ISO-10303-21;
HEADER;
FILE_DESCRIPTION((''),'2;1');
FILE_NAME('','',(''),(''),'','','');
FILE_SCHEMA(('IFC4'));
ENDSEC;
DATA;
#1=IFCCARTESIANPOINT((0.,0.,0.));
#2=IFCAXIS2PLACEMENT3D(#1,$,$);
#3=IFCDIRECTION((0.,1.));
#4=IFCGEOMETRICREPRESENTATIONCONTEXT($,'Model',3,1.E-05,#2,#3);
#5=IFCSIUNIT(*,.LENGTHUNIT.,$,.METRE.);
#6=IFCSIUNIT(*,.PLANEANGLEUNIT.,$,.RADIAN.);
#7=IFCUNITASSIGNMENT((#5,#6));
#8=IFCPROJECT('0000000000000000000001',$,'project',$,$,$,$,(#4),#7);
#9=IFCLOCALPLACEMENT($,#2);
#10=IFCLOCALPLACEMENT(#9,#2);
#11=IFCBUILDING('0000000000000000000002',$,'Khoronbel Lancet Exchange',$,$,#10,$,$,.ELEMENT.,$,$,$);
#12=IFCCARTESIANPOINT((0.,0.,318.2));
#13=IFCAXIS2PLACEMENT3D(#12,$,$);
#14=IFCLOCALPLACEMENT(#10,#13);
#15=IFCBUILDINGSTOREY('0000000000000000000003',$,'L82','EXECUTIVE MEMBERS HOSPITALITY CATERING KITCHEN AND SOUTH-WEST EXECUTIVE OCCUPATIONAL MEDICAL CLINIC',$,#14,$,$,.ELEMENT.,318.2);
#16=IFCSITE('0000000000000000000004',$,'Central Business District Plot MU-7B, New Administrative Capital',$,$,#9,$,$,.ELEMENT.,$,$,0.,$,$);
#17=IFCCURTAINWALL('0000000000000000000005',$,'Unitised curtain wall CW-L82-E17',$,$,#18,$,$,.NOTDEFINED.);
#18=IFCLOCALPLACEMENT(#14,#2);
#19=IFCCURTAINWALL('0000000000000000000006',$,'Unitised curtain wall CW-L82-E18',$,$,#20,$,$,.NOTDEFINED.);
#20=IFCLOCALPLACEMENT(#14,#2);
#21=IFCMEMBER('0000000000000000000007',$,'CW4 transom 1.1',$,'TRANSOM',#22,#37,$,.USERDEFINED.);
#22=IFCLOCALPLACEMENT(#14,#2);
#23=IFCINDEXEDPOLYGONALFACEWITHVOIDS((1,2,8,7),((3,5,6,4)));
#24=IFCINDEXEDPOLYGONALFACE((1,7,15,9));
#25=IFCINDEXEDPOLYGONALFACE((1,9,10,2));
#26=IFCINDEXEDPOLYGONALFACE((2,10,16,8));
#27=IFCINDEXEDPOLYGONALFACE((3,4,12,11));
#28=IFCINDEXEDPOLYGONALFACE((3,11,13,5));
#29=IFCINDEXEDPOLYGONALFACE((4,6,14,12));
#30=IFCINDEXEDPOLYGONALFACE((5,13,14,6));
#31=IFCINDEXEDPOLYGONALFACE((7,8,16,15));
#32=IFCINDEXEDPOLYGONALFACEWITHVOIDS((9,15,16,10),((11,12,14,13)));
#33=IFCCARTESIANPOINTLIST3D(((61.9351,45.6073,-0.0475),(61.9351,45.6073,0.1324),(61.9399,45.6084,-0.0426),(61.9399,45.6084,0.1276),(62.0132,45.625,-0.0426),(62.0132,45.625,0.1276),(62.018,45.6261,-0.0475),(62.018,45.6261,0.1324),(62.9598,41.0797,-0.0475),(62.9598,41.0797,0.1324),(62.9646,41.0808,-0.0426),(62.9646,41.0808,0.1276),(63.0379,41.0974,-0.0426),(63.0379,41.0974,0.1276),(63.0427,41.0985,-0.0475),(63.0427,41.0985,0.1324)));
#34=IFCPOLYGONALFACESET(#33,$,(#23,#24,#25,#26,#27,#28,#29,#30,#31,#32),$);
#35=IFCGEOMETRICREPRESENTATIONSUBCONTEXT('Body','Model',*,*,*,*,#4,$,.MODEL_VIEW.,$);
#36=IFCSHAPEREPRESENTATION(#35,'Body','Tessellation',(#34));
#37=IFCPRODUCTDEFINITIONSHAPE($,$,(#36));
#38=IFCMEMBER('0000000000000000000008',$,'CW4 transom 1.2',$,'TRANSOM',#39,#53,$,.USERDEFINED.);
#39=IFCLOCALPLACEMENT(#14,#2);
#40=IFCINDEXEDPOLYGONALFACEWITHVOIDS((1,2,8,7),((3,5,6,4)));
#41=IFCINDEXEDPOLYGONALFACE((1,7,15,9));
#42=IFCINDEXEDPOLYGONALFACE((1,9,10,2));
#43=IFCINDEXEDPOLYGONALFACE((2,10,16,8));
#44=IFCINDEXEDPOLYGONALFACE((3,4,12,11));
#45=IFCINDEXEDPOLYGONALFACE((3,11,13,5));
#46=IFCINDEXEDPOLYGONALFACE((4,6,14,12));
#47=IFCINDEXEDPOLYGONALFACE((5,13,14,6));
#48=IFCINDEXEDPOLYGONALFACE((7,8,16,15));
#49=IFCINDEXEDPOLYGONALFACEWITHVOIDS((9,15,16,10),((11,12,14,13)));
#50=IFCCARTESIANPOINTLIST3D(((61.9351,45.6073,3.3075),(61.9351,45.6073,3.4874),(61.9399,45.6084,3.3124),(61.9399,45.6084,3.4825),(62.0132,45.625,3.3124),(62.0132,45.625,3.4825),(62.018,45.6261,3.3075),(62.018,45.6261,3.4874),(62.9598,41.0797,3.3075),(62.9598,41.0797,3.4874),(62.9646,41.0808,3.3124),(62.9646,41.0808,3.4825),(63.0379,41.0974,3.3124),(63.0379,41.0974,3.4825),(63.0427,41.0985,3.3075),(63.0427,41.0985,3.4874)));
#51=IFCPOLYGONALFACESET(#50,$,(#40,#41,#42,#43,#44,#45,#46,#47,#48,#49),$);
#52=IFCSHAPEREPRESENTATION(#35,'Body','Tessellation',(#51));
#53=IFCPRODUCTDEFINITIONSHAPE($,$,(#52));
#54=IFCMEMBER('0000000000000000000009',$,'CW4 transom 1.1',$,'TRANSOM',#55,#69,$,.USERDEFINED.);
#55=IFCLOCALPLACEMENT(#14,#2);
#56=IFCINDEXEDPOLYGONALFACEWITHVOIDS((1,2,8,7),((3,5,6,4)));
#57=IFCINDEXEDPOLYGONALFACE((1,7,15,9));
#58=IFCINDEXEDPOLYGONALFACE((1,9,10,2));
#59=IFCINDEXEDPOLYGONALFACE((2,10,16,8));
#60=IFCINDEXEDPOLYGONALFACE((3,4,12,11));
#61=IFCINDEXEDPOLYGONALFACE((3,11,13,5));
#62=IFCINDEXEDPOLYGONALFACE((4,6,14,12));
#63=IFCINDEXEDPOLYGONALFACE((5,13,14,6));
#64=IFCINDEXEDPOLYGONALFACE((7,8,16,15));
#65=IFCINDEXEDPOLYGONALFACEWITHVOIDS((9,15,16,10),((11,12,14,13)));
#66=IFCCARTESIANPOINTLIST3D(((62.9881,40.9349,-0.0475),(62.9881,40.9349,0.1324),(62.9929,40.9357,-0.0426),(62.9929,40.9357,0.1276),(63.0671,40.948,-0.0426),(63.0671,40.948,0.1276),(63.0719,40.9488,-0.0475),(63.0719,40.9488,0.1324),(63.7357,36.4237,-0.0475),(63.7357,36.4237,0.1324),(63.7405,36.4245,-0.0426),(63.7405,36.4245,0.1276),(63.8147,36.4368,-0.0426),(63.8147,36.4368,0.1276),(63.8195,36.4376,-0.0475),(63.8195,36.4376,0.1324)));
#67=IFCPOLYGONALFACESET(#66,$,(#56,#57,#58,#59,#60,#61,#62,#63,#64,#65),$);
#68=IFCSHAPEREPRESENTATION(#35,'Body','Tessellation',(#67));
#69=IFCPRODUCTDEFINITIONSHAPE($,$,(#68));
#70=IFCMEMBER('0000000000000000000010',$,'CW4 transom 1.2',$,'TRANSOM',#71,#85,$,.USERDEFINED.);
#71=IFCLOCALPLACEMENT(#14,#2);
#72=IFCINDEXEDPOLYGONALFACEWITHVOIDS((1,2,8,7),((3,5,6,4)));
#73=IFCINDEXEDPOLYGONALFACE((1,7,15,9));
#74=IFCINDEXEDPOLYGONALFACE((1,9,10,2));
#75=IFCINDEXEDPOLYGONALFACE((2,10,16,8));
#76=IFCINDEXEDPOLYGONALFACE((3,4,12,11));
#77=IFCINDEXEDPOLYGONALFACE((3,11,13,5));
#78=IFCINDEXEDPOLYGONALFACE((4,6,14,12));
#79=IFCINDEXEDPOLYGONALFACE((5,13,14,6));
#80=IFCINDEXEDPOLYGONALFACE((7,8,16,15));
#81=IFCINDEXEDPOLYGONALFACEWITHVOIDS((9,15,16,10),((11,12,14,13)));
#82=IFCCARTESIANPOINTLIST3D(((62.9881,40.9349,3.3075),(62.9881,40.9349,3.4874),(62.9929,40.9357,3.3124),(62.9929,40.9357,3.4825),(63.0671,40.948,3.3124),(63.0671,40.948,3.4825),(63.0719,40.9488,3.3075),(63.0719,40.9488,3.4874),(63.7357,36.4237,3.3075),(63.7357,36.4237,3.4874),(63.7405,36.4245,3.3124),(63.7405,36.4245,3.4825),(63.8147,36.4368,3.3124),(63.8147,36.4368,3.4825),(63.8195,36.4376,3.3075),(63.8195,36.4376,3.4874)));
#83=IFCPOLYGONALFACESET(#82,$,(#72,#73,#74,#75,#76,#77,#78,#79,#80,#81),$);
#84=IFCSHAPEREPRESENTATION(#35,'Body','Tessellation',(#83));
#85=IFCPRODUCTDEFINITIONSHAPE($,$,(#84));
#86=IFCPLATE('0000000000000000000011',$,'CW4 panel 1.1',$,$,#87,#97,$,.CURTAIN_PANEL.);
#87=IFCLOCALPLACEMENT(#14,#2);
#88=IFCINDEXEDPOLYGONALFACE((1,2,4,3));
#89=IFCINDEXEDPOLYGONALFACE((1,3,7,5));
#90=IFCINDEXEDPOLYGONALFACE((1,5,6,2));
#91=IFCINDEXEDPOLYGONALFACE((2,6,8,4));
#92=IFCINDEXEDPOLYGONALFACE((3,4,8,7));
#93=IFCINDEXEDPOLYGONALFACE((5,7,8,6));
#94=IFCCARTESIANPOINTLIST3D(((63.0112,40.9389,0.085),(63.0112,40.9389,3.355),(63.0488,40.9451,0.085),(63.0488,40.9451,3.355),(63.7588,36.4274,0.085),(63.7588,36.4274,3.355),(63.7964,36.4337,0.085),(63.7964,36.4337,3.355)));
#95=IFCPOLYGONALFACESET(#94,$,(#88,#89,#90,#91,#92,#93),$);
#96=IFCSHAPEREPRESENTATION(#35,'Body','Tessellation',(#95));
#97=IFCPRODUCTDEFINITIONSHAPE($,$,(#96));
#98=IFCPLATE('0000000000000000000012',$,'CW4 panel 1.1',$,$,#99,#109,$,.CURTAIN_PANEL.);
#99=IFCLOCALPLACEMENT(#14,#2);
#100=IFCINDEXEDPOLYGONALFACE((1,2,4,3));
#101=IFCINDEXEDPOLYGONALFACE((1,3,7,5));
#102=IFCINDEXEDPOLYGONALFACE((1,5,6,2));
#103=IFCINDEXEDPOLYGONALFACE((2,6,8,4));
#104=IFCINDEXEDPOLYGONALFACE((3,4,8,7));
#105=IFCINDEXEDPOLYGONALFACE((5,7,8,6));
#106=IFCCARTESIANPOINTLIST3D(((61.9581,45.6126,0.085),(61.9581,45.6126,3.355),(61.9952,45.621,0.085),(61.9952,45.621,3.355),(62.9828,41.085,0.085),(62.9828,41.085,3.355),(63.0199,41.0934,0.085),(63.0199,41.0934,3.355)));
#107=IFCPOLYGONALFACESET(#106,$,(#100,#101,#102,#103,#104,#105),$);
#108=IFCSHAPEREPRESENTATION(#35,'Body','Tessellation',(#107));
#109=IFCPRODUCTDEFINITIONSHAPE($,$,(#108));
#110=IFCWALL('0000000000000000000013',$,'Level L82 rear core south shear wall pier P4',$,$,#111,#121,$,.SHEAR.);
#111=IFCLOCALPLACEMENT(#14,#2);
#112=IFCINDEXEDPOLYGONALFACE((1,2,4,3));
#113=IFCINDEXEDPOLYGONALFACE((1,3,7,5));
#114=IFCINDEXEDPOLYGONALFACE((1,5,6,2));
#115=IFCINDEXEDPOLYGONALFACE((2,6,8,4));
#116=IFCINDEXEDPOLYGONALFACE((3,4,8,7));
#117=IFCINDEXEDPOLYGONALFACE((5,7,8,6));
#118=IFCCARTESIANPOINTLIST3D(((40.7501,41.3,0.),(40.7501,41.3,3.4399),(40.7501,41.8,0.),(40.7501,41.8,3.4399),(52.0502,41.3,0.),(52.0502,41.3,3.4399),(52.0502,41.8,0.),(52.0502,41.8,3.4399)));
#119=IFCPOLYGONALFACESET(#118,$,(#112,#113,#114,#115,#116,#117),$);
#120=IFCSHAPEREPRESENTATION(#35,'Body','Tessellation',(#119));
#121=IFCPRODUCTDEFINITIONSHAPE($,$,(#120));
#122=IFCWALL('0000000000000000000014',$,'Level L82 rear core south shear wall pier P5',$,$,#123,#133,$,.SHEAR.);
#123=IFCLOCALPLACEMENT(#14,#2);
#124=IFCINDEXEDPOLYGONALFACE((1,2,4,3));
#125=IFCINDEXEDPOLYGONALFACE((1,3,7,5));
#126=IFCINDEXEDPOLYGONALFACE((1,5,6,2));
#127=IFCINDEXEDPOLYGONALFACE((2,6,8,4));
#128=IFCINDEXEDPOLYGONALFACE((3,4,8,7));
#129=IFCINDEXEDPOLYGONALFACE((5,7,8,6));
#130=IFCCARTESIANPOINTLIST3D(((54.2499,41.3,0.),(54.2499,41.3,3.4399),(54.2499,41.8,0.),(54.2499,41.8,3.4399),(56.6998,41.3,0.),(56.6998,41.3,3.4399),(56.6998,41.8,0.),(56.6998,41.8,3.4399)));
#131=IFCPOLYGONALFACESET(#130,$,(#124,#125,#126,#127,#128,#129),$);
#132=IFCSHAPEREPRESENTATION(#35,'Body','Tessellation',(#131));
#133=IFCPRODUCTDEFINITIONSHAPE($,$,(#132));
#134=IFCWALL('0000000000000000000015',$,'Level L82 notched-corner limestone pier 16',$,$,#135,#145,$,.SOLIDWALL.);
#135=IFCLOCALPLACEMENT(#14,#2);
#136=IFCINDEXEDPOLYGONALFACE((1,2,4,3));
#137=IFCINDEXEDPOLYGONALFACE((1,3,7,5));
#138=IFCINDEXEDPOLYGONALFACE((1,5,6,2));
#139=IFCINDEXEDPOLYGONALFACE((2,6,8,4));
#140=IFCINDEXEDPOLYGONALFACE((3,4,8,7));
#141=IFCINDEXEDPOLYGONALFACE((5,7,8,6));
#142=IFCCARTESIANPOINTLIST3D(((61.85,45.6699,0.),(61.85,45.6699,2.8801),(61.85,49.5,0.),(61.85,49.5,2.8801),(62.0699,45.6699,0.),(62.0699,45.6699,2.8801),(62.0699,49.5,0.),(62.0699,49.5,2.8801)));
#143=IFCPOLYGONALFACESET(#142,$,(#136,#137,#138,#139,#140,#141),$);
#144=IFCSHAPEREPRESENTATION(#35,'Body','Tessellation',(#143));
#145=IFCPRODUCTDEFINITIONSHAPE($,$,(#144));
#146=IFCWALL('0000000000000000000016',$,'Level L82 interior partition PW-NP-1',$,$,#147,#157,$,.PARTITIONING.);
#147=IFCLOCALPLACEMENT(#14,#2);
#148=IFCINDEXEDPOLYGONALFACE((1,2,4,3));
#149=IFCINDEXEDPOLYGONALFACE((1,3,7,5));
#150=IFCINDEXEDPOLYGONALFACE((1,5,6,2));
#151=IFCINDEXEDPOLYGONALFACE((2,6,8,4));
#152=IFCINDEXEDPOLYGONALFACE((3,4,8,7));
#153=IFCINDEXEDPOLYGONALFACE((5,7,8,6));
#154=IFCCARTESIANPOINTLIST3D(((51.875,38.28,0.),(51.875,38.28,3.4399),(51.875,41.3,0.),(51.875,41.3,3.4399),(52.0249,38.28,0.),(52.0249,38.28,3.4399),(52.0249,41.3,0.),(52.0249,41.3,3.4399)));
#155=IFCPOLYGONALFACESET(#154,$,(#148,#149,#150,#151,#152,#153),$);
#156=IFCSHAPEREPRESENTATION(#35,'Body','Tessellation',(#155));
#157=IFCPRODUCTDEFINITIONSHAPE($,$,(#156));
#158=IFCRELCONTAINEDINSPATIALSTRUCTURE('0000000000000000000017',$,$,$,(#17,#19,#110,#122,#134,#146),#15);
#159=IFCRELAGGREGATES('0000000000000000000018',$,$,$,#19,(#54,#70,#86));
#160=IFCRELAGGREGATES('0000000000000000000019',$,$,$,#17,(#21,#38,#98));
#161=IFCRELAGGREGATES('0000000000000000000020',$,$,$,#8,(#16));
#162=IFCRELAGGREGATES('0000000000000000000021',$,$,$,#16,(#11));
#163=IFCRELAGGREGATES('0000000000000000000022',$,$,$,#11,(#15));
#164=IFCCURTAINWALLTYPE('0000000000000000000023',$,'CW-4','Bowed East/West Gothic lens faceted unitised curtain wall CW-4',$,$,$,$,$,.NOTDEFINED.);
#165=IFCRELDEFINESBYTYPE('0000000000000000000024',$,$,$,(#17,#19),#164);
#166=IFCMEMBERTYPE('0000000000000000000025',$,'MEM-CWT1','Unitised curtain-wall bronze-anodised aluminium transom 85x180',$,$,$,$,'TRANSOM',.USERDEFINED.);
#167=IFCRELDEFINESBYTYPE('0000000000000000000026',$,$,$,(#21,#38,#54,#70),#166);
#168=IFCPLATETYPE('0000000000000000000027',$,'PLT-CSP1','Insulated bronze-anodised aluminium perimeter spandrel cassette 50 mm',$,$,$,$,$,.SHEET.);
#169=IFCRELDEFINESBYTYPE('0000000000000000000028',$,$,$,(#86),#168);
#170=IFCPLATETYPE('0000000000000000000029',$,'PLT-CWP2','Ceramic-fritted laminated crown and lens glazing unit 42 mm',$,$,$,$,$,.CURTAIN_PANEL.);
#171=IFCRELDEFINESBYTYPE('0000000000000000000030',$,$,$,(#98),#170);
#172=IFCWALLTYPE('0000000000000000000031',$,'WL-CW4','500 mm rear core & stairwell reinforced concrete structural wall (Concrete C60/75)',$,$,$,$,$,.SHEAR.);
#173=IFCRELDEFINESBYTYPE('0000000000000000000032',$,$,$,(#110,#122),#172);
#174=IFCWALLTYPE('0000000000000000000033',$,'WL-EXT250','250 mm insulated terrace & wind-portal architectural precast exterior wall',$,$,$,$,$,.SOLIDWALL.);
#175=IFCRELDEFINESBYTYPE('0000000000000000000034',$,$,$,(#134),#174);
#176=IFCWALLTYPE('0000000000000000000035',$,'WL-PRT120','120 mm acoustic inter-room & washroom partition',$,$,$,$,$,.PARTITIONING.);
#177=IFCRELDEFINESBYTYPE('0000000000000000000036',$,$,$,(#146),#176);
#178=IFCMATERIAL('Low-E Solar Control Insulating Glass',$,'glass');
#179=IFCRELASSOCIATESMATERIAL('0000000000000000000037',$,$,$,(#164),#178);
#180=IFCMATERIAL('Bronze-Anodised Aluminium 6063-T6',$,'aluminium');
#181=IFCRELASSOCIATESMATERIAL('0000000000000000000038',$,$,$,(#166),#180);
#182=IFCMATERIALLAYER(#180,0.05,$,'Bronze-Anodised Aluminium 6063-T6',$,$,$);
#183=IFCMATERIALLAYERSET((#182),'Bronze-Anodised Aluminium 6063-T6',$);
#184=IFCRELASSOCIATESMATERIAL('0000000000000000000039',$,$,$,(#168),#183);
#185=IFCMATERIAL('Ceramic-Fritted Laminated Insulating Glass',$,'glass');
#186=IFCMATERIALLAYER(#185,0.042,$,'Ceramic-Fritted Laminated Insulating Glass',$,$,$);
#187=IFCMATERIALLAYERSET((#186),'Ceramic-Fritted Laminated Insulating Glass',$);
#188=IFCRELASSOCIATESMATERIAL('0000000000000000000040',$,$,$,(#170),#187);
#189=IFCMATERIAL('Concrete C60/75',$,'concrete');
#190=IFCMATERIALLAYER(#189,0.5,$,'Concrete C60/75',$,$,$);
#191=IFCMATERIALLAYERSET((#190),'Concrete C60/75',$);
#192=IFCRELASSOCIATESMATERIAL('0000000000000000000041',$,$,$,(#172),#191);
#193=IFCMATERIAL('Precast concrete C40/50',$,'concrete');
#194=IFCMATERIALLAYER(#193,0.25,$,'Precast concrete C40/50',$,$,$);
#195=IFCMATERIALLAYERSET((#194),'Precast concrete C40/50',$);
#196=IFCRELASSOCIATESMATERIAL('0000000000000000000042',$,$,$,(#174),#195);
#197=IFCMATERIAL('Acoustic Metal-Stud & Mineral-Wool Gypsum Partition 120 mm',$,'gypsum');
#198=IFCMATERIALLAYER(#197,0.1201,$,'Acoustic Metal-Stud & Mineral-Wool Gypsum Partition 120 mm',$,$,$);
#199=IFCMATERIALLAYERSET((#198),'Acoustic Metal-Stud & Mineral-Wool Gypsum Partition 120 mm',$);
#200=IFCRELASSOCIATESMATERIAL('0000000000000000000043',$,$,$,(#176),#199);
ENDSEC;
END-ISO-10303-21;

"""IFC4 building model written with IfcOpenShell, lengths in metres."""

from ifc_helpers import new_model, si_unit, direction, frame, frame_2d, origin, origin_2d, place, context, subcontext, project, spatial, rectangle, hollow_rectangle, extrude, material, layer, layer_set, material_profile, profile_set, type_object, element, aggregate, save


model = new_model("IFC4")

# Units and contexts
model_context = context("Model", 3, precision=1e-05, world=origin(), true_north=direction((0.0, 1.0)))
body_context = subcontext(model_context, "Body", "Model", "MODEL_VIEW")
ifc_project = project(units=[si_unit("LENGTHUNIT", "METRE"), si_unit("PLANEANGLEUNIT", "RADIAN")], contexts=[model_context])

# Site, building, storey
site_placement = place(None, origin())
site = spatial("IfcSite", under=ifc_project, at=site_placement, Name="Central Business District Plot MU-7B, New Administrative Capital", CompositionType="ELEMENT", RefElevation=0.0)
building_placement = place(site_placement, origin())
building = spatial("IfcBuilding", under=site, at=building_placement, Name="Khoronbel Lancet Exchange", CompositionType="ELEMENT")
storey_placement = place(building_placement, frame((0.0, 0.0, 318.2)))
storey = spatial("IfcBuildingStorey", under=building, at=storey_placement, Name="L82", Description="EXECUTIVE MEMBERS HOSPITALITY CATERING KITCHEN AND SOUTH-WEST EXECUTIVE OCCUPATIONAL MEDICAL CLINIC", CompositionType="ELEMENT", Elevation=318.2)

# Shared definitions
ifc_material_1 = material(Name="Concrete C60/75", Category="concrete")

# Curtain wall
ifc_material_2 = material(Name="Low-E Solar Control Insulating Glass", Category="glass")
curtain_wall_type = type_object("IfcCurtainWallType", Name="CW-4", Description="Bowed East/West Gothic lens faceted unitised curtain wall CW-4", PredefinedType="NOTDEFINED", material=ifc_material_2)
curtain_wall_1_placement = place(storey_placement, origin())
curtain_wall_1 = element("IfcCurtainWall", 1, at=curtain_wall_1_placement, inside=storey, type_object=curtain_wall_type, Name="Unitised curtain wall CW-L82-E17", PredefinedType="NOTDEFINED")
ifc_material_3 = material(Name="Bronze-Anodised Aluminium 6063-T6", Category="aluminium")

# Curtain wall
curtain_wall_2_placement = place(storey_placement, origin())
curtain_wall_2 = element("IfcCurtainWall", 2, at=curtain_wall_2_placement, inside=storey, type_object=curtain_wall_type, Name="Unitised curtain wall CW-L82-E18", PredefinedType="NOTDEFINED")

# Members
ifc_material_profile_1 = material_profile(ifc_material_3, hollow_rectangle(XDim=0.085, YDim=0.1799, WallThickness=0.0049, at=origin_2d()), Name="ALU TRANSOM 85x180")
ifc_profile_set_1 = profile_set([ifc_material_profile_1], Name="Bronze-Anodised Aluminium 6063-T6")
member_type_1 = type_object("IfcMemberType", Name="MEM-CWT1", Description="Unitised curtain-wall bronze-anodised aluminium transom 85x180", ElementType="TRANSOM", PredefinedType="USERDEFINED", material=ifc_profile_set_1)
member_1_placement = place(storey_placement, frame((61.9766, 45.6167, 0.0425), z_axis=(0.220732, -0.975334, 0.0), x_axis=(0.975334, 0.220732, 0.0)))
member_1 = element("IfcMember", 3, at=member_1_placement, type_object=member_type_1, Name="CW4 transom 1.1", ObjectType="TRANSOM", PredefinedType="USERDEFINED", context=body_context, shape_type="SweptSolid", body=[
    extrude(hollow_rectangle(XDim=0.085, YDim=0.1799, WallThickness=0.0049, at=origin_2d()), origin(), (0.0, 0.0, 1.0), 4.6421),
])
member_2_placement = place(storey_placement, frame((61.9766, 45.6167, 3.3975), z_axis=(0.220732, -0.975334, 0.0), x_axis=(0.975334, 0.220732, 0.0)))
member_2 = element("IfcMember", 4, at=member_2_placement, type_object=member_type_1, Name="CW4 transom 1.2", ObjectType="TRANSOM", PredefinedType="USERDEFINED", context=body_context, shape_type="SweptSolid", body=[
    extrude(hollow_rectangle(XDim=0.085, YDim=0.1799, WallThickness=0.0049, at=origin_2d()), origin(), (0.0, 0.0, 1.0), 4.6421),
])
member_3_placement = place(storey_placement, frame((63.03, 40.9419, 0.0425), z_axis=(0.163481, -0.986546, 0.0), x_axis=(0.986546, 0.163481, 0.0)))
member_3 = element("IfcMember", 5, at=member_3_placement, type_object=member_type_1, Name="CW4 transom 1.1", ObjectType="TRANSOM", PredefinedType="USERDEFINED", context=body_context, shape_type="SweptSolid", body=[
    extrude(hollow_rectangle(XDim=0.085, YDim=0.1799, WallThickness=0.0049, at=origin_2d()), origin(), (0.0, 0.0, 1.0), 4.5728),
])
member_4_placement = place(storey_placement, frame((63.03, 40.9419, 3.3975), z_axis=(0.163481, -0.986546, 0.0), x_axis=(0.986546, 0.163481, 0.0)))
member_4 = element("IfcMember", 6, at=member_4_placement, type_object=member_type_1, Name="CW4 transom 1.2", ObjectType="TRANSOM", PredefinedType="USERDEFINED", context=body_context, shape_type="SweptSolid", body=[
    extrude(hollow_rectangle(XDim=0.085, YDim=0.1799, WallThickness=0.0049, at=origin_2d()), origin(), (0.0, 0.0, 1.0), 4.5728),
])

# Plates
ifc_layer_1 = layer(ifc_material_3, 0.05, Name="Bronze-Anodised Aluminium 6063-T6")
ifc_layer_set_1 = layer_set([ifc_layer_1], Name="Bronze-Anodised Aluminium 6063-T6")
plate_type_1 = type_object("IfcPlateType", Name="PLT-CSP1", Description="Insulated bronze-anodised aluminium perimeter spandrel cassette 50 mm", PredefinedType="SHEET", material=ifc_layer_set_1)
plate_1_placement = place(storey_placement, frame((63.4038, 38.6863, 0.085), z_axis=(0.0, 0.0, 1.0), x_axis=(0.163479, -0.986547, 0.0)))
plate_1 = element("IfcPlate", 7, at=plate_1_placement, type_object=plate_type_1, Name="CW4 panel 1.1", PredefinedType="CURTAIN_PANEL", context=body_context, shape_type="SweptSolid", body=[
    extrude(rectangle(XDim=4.573, YDim=0.0381, at=origin_2d()), origin(), (0.0, 0.0, 1.0), 3.27),
])
aggregate(curtain_wall_2, [member_3, member_4, plate_1])
ifc_material_4 = material(Name="Ceramic-Fritted Laminated Insulating Glass", Category="glass")
ifc_layer_2 = layer(ifc_material_4, 0.042, Name="Ceramic-Fritted Laminated Insulating Glass")
ifc_layer_set_2 = layer_set([ifc_layer_2], Name="Ceramic-Fritted Laminated Insulating Glass")
plate_type_2 = type_object("IfcPlateType", Name="PLT-CWP2", Description="Ceramic-fritted laminated crown and lens glazing unit 42 mm", PredefinedType="CURTAIN_PANEL", material=ifc_layer_set_2)
plate_2_placement = place(storey_placement, frame((62.489, 43.353, 0.085), z_axis=(0.0, 0.0, 1.0), x_axis=(0.220738, -0.975333, 0.0)))
plate_2 = element("IfcPlate", 8, at=plate_2_placement, type_object=plate_type_2, Name="CW4 panel 1.1", PredefinedType="CURTAIN_PANEL", context=body_context, shape_type="SweptSolid", body=[
    extrude(rectangle(XDim=4.6421, YDim=0.0381, at=origin_2d()), origin(), (0.0, 0.0, 1.0), 3.27),
])
aggregate(curtain_wall_1, [member_1, member_2, plate_2])

# Walls
ifc_layer_3 = layer(ifc_material_1, 0.5, Name="Concrete C60/75")
ifc_layer_set_3 = layer_set([ifc_layer_3], Name="Concrete C60/75")
wall_type_1 = type_object("IfcWallType", Name="WL-CW4", Description="500 mm rear core & stairwell reinforced concrete structural wall (Concrete C60/75)", PredefinedType="SHEAR", material=ifc_layer_set_3)
wall_1_placement = place(storey_placement, frame((52.05, 41.55, 0.0), z_axis=(0.0, 0.0, 1.0), x_axis=(-1.0, 0.0, 0.0)))
element("IfcWall", 9, at=wall_1_placement, inside=storey, type_object=wall_type_1, Name="Level L82 rear core south shear wall pier P4", PredefinedType="SHEAR", context=body_context, shape_type="SweptSolid", body=[
    extrude(rectangle(XDim=11.3, YDim=0.5, at=frame_2d((5.6499, 0.0))), origin(), (0.0, 0.0, 1.0), 3.4399),
])
wall_2_placement = place(storey_placement, frame((56.7, 41.55, 0.0), z_axis=(0.0, 0.0, 1.0), x_axis=(-1.0, 0.0, 0.0)))
element("IfcWall", 10, at=wall_2_placement, inside=storey, type_object=wall_type_1, Name="Level L82 rear core south shear wall pier P5", PredefinedType="SHEAR", context=body_context, shape_type="SweptSolid", body=[
    extrude(rectangle(XDim=2.45, YDim=0.5, at=frame_2d((1.2251, 0.0))), origin(), (0.0, 0.0, 1.0), 3.4399),
])
ifc_material_5 = material(Name="Precast concrete C40/50", Category="concrete")
ifc_layer_4 = layer(ifc_material_5, 0.25, Name="Precast concrete C40/50")
ifc_layer_set_4 = layer_set([ifc_layer_4], Name="Precast concrete C40/50")
wall_type_2 = type_object("IfcWallType", Name="WL-EXT250", Description="250 mm insulated terrace & wind-portal architectural precast exterior wall", PredefinedType="SOLIDWALL", material=ifc_layer_set_4)
wall_3_placement = place(storey_placement, frame((61.96, 49.5, 0.0), z_axis=(0.0, 0.0, 1.0), x_axis=(0.0, -1.0, 0.0)))
element("IfcWall", 11, at=wall_3_placement, inside=storey, type_object=wall_type_2, Name="Level L82 notched-corner limestone pier 16", PredefinedType="SOLIDWALL", context=body_context, shape_type="SweptSolid", body=[
    extrude(rectangle(XDim=3.8301, YDim=0.22, at=frame_2d((1.915, 0.0))), origin(), (0.0, 0.0, 1.0), 2.8801),
])
ifc_material_6 = material(Name="Acoustic Metal-Stud & Mineral-Wool Gypsum Partition 120 mm", Category="gypsum")
ifc_layer_5 = layer(ifc_material_6, 0.1201, Name="Acoustic Metal-Stud & Mineral-Wool Gypsum Partition 120 mm")
ifc_layer_set_5 = layer_set([ifc_layer_5], Name="Acoustic Metal-Stud & Mineral-Wool Gypsum Partition 120 mm")
wall_type_3 = type_object("IfcWallType", Name="WL-PRT120", Description="120 mm acoustic inter-room & washroom partition", PredefinedType="PARTITIONING", material=ifc_layer_set_5)
wall_4_placement = place(storey_placement, frame((51.95, 38.28, 0.0), z_axis=(0.0, 0.0, 1.0), x_axis=(0.0, 1.0, 0.0)))
element("IfcWall", 12, at=wall_4_placement, inside=storey, type_object=wall_type_3, Name="Level L82 interior partition PW-NP-1", PredefinedType="PARTITIONING", context=body_context, shape_type="SweptSolid", body=[
    extrude(rectangle(XDim=3.02, YDim=0.1499, at=frame_2d((1.51, 0.0))), origin(), (0.0, 0.0, 1.0), 3.4399),
])

save(model, "model.ifc")
